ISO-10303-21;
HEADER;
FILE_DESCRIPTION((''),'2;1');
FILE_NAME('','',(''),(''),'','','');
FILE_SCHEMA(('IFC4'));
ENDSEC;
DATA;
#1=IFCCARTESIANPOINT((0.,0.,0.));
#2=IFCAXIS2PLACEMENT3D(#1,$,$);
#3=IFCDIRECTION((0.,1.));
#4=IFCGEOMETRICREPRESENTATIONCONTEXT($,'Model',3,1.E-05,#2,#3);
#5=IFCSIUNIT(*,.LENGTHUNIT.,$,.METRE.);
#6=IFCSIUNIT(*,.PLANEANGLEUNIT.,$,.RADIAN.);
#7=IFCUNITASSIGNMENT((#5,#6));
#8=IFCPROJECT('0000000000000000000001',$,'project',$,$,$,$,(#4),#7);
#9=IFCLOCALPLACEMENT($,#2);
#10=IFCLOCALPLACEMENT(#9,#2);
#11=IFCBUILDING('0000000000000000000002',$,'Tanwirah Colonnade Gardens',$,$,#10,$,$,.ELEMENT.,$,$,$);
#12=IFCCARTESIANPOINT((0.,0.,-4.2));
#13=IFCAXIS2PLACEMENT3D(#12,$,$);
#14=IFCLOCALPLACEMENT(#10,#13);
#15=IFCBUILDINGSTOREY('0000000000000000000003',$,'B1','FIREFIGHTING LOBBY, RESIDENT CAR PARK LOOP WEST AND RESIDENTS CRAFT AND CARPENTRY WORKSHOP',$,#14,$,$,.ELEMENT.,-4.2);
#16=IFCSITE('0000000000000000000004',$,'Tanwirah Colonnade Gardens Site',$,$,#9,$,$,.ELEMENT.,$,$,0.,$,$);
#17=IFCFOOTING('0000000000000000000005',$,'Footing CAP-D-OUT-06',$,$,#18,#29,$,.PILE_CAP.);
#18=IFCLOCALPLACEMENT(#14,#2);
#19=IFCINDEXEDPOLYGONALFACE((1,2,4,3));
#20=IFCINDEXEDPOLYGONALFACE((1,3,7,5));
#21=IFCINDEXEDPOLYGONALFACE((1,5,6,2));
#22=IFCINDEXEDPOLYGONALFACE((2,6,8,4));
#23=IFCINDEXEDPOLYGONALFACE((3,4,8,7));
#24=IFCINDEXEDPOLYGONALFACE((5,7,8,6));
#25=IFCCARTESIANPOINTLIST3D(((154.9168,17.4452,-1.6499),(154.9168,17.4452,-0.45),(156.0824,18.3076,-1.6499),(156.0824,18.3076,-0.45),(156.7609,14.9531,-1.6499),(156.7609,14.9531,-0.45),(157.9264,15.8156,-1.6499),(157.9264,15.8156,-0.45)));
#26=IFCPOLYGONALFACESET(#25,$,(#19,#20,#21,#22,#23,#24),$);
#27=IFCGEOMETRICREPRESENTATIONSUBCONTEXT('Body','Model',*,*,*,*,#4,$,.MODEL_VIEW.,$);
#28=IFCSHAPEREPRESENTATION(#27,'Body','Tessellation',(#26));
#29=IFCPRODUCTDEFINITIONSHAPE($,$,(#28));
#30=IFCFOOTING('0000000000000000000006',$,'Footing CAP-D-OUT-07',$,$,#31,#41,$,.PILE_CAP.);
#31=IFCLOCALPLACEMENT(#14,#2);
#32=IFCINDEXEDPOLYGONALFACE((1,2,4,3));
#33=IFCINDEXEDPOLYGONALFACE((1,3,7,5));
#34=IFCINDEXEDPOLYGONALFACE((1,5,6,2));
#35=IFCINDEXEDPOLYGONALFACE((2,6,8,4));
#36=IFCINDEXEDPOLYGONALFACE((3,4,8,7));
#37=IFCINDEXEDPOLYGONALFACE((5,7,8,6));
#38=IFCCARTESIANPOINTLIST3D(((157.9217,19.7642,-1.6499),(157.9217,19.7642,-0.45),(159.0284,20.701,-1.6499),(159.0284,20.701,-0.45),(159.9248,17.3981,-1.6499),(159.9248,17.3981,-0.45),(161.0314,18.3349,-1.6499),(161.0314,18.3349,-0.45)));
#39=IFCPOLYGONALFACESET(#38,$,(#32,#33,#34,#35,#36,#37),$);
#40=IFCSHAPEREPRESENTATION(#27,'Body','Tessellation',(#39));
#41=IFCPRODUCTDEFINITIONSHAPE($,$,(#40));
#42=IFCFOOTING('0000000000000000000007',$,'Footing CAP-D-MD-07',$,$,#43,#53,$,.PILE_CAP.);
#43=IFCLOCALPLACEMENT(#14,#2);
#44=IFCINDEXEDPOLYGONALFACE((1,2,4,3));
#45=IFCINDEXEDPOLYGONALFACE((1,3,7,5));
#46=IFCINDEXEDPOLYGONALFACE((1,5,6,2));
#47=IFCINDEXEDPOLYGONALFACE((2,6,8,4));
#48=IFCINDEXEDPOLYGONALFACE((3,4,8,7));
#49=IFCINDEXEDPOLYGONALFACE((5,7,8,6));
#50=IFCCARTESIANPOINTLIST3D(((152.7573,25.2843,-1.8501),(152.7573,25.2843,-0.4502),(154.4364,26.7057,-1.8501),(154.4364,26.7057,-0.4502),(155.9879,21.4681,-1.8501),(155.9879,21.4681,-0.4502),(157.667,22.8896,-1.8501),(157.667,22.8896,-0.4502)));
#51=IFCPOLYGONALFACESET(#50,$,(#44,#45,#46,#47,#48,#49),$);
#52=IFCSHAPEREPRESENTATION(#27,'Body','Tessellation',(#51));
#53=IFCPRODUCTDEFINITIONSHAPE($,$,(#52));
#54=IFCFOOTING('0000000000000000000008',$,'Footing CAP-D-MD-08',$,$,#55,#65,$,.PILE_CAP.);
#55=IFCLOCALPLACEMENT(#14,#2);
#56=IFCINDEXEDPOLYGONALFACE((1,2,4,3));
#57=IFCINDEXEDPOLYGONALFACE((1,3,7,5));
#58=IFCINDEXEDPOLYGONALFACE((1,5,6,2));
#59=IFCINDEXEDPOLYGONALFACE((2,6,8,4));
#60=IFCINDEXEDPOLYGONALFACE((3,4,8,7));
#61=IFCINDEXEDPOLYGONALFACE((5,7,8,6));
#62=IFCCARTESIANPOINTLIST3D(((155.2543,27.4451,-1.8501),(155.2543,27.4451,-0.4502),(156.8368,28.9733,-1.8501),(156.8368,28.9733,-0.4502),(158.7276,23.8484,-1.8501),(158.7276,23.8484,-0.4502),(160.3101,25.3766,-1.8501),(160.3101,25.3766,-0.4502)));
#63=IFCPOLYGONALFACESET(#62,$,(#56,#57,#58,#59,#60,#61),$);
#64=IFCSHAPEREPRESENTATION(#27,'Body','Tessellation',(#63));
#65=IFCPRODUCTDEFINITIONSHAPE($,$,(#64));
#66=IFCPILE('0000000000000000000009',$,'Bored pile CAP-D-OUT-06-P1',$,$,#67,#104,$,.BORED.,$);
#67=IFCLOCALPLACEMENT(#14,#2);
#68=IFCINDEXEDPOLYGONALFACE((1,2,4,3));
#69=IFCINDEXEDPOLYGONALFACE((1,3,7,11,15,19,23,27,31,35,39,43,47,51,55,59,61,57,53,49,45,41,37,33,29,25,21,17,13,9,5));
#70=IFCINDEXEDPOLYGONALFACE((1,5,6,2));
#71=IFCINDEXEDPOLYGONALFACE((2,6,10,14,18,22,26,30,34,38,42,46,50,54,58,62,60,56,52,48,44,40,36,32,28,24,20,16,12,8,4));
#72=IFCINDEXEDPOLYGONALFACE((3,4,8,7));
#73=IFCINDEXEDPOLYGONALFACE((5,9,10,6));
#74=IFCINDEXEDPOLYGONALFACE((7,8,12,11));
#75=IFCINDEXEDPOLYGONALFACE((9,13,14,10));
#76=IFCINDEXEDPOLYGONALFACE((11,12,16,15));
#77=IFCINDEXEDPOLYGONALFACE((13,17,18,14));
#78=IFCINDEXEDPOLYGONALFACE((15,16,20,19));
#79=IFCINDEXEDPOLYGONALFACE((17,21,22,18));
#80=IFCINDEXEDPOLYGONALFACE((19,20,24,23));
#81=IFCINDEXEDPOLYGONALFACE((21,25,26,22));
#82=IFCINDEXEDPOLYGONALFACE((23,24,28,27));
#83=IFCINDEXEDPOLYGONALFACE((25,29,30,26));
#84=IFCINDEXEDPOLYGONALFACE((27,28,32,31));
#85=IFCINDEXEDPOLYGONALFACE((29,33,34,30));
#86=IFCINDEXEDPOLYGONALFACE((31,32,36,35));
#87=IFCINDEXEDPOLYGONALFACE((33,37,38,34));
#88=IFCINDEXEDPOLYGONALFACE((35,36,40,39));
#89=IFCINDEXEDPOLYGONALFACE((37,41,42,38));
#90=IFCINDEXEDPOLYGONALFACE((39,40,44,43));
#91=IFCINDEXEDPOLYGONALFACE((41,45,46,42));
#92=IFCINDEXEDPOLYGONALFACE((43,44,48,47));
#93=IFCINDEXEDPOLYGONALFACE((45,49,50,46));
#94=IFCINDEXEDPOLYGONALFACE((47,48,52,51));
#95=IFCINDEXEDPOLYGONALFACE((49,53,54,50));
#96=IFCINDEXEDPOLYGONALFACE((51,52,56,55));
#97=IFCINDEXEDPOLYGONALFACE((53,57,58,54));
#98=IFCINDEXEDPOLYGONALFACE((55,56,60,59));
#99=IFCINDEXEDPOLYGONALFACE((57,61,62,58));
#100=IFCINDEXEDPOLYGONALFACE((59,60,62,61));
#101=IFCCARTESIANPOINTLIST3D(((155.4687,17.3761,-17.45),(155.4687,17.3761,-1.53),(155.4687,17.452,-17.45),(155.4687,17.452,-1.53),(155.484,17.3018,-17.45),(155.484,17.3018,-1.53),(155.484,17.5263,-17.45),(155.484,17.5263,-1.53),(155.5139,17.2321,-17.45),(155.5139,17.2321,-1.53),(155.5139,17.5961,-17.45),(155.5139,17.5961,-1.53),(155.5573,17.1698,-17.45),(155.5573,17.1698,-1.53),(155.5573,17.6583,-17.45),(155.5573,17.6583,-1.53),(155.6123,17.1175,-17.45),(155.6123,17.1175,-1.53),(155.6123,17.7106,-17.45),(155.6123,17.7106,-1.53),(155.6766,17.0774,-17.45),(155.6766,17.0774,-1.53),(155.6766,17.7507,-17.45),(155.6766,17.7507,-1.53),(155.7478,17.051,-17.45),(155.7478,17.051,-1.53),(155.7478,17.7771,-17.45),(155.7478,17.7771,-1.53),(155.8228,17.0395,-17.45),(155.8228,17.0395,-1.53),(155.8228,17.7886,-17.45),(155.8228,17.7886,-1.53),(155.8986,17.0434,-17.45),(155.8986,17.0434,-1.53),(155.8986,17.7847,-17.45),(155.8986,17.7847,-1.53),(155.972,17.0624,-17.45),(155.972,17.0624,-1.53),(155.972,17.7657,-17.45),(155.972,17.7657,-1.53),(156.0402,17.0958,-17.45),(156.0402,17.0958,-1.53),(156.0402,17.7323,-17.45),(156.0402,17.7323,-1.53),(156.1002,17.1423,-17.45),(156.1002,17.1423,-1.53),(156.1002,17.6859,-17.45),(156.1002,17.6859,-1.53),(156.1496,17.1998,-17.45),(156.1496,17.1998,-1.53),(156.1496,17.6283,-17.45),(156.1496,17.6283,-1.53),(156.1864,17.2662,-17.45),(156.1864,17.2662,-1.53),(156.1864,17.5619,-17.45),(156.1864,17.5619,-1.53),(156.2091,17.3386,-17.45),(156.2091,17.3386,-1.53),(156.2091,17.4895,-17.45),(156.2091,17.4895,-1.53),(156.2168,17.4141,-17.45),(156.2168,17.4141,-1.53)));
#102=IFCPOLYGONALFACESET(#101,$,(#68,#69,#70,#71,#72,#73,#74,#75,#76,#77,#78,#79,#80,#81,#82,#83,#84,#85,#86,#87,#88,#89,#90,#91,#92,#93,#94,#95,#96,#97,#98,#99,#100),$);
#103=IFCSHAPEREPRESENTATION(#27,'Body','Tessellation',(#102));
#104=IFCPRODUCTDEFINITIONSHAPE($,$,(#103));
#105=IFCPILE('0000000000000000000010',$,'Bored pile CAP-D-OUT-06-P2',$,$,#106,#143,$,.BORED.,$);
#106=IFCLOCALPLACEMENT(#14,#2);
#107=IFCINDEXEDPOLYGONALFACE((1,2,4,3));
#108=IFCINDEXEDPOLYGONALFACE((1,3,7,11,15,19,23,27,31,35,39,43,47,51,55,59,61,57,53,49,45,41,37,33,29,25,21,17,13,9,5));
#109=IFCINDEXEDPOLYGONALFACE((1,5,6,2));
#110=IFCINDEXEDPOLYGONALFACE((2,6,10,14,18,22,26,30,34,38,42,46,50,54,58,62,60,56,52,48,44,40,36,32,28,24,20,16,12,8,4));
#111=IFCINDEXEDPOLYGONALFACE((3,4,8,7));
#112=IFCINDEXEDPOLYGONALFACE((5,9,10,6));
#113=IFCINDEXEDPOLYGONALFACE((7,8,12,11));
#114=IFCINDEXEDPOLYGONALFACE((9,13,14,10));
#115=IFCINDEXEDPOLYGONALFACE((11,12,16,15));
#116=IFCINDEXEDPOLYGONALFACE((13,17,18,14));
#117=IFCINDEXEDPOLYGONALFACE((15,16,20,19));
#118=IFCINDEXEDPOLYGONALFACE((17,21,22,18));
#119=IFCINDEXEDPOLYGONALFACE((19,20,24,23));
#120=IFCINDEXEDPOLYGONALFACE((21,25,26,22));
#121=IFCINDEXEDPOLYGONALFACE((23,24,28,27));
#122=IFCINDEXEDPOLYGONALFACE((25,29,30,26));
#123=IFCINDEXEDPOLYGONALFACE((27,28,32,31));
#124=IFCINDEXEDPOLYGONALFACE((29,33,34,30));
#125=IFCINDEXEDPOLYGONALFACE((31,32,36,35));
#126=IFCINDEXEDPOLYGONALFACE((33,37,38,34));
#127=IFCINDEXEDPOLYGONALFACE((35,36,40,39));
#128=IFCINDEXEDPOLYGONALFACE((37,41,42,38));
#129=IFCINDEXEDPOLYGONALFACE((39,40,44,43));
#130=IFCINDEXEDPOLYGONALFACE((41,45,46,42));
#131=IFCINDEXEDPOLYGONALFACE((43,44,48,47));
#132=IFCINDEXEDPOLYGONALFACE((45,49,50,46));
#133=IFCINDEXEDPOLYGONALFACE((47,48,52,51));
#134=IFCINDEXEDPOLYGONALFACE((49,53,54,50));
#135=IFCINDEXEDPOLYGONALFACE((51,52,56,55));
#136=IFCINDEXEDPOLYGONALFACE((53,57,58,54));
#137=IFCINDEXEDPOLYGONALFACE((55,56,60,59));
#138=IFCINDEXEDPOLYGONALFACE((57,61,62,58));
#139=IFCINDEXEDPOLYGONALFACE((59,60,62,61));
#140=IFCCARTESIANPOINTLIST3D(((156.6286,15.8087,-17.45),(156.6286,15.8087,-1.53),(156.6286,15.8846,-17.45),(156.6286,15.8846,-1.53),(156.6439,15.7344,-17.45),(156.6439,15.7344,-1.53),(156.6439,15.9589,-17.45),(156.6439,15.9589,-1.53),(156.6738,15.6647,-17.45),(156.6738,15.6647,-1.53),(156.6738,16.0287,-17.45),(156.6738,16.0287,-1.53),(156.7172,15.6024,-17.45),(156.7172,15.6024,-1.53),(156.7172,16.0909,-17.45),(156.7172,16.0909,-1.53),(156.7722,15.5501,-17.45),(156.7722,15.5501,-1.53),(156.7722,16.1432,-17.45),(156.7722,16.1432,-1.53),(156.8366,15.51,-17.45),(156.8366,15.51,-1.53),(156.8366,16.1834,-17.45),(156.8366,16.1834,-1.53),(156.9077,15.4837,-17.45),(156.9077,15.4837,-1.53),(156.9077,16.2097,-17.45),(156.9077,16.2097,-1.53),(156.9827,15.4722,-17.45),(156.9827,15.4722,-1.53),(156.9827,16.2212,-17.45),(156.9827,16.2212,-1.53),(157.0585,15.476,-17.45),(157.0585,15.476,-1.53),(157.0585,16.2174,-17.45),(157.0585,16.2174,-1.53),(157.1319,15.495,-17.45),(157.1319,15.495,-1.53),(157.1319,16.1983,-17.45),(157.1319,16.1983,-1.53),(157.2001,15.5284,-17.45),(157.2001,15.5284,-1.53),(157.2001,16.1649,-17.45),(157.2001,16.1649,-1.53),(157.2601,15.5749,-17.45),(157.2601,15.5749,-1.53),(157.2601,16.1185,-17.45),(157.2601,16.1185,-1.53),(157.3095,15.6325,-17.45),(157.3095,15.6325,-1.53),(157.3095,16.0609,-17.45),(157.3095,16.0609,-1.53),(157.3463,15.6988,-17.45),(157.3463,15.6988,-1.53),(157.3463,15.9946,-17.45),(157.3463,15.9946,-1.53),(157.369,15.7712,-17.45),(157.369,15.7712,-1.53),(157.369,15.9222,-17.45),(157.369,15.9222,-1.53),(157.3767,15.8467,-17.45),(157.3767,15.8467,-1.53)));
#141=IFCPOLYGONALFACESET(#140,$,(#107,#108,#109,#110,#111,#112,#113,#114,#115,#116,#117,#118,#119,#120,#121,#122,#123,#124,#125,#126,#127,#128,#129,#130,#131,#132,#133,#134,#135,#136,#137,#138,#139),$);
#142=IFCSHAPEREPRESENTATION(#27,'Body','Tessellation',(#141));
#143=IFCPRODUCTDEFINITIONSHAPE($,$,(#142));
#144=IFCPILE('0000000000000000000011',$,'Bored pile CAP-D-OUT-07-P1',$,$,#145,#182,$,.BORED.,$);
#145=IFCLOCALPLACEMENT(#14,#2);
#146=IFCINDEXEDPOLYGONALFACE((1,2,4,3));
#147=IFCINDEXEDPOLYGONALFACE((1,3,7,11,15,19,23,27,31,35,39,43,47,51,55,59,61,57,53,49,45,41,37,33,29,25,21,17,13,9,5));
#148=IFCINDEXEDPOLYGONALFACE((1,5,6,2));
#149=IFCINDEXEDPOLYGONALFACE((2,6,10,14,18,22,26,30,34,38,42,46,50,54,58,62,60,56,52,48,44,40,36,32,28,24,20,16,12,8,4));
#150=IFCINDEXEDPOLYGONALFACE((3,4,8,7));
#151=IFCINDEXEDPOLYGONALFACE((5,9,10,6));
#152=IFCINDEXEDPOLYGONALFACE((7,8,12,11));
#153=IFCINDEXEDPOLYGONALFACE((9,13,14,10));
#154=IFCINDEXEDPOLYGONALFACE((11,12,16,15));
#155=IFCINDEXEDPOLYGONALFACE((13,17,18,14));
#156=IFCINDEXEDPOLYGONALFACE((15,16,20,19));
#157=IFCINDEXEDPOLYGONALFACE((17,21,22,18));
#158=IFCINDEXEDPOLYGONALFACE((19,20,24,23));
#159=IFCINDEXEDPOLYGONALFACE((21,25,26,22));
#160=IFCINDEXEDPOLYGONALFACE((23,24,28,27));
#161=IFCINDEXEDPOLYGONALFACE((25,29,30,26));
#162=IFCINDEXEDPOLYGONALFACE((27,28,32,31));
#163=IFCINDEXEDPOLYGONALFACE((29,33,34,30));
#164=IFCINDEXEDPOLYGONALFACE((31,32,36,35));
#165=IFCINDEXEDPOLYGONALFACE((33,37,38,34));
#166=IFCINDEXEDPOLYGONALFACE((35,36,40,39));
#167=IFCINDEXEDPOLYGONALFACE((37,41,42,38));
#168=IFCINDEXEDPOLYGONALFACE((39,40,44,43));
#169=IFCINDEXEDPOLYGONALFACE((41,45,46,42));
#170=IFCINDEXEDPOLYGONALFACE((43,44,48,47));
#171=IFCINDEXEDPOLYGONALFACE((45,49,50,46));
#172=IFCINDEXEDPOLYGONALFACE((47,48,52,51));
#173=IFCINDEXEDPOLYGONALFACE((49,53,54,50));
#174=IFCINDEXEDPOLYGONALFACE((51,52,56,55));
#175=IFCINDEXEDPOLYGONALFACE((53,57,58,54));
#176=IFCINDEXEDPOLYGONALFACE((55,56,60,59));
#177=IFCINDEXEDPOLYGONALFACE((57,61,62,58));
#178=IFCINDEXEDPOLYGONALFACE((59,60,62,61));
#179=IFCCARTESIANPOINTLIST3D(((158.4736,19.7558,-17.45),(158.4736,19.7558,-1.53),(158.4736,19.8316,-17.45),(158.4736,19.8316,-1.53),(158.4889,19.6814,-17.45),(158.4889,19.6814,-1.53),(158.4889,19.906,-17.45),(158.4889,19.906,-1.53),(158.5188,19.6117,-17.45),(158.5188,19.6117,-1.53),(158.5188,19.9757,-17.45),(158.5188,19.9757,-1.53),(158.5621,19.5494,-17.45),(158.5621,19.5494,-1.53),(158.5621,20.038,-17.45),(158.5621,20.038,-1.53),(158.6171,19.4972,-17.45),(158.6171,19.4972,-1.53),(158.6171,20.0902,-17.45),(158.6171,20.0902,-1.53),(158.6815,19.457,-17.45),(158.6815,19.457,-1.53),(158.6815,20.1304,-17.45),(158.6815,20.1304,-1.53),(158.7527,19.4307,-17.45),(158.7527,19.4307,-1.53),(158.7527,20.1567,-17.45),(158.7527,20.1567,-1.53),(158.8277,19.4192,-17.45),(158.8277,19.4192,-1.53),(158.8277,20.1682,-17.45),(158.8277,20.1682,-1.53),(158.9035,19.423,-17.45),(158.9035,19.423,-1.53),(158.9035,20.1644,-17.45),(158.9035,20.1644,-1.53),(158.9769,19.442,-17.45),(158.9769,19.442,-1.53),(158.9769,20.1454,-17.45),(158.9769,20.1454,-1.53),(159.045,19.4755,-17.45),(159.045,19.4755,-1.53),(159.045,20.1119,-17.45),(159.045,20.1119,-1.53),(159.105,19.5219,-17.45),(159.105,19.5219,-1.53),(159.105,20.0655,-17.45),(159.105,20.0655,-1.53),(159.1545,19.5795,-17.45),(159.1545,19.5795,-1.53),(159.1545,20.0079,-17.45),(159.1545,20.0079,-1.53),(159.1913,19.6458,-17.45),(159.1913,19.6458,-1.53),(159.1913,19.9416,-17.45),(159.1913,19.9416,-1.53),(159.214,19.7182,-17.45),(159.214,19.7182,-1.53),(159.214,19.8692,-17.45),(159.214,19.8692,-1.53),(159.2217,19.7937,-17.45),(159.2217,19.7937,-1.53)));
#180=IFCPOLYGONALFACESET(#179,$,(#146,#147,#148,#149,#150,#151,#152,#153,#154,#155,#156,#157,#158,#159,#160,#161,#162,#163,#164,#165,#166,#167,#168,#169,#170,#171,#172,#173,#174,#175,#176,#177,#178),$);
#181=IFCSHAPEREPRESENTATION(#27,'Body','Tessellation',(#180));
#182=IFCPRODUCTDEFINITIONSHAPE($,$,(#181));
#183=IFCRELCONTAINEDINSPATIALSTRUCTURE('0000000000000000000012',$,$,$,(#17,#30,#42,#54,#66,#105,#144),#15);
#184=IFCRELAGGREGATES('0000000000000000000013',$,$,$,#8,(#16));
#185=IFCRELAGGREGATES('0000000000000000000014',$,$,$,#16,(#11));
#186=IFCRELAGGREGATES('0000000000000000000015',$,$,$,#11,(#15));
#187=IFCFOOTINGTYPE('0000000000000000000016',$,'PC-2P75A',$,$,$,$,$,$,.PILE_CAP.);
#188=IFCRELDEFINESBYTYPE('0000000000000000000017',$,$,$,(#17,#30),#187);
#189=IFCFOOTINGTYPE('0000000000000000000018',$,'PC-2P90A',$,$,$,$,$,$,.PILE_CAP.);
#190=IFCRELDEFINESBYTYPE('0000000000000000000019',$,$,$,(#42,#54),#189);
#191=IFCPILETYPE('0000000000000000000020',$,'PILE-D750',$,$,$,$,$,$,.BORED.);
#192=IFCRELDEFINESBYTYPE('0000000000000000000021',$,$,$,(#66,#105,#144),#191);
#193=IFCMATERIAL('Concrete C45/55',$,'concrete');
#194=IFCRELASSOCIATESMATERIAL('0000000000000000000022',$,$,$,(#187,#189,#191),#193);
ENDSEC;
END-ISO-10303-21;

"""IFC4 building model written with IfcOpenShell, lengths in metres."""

from ifc_helpers import new_model, si_unit, direction, frame, origin, origin_2d, place, context, subcontext, project, spatial, rectangle, circle, extrude, material, material_profile, profile_set, type_object, element, save


model = new_model("IFC4")

# Units and contexts
model_context = context("Model", 3, precision=1e-05, world=origin(), true_north=direction((0.0, 1.0)))
body_context = subcontext(model_context, "Body", "Model", "MODEL_VIEW")
ifc_project = project(units=[si_unit("LENGTHUNIT", "METRE"), si_unit("PLANEANGLEUNIT", "RADIAN")], contexts=[model_context])

# Site, building, storey
site_placement = place(None, origin())
site = spatial("IfcSite", under=ifc_project, at=site_placement, Name="Tanwirah Colonnade Gardens Site", CompositionType="ELEMENT", RefElevation=0.0)
building_placement = place(site_placement, origin())
building = spatial("IfcBuilding", under=site, at=building_placement, Name="Tanwirah Colonnade Gardens", CompositionType="ELEMENT")
storey_placement = place(building_placement, frame((0.0, 0.0, -4.2)))
storey = spatial("IfcBuildingStorey", under=building, at=storey_placement, Name="B1", Description="FIREFIGHTING LOBBY, RESIDENT CAR PARK LOOP WEST AND RESIDENTS CRAFT AND CARPENTRY WORKSHOP", CompositionType="ELEMENT", Elevation=-4.2)

# Footings
ifc_material_1 = material(Name="Concrete C45/55", Category="concrete")
footing_type_1 = type_object("IfcFootingType", Name="PC-2P75A", PredefinedType="PILE_CAP", material=ifc_material_1)
for number, where, z_axis, x_axis, name in (
    (1, (156.4216, 16.6304, -1.6499), (0.0, 0.0, 1.0), (0.594823, -0.803857, 0.0), "Footing CAP-D-OUT-06"),
    (2, (159.4766, 19.0496, -1.6499), (0.0, 0.0, 1.0), (0.646124, -0.763232, 0.0), "Footing CAP-D-OUT-07"),
):
    element("IfcFooting", number, at=place(storey_placement, frame(where, z_axis=z_axis, x_axis=x_axis)), inside=storey, type_object=footing_type_1, Name=name, PredefinedType="PILE_CAP", context=body_context, shape_type="SweptSolid", body=[
        extrude(rectangle(XDim=3.1001, YDim=1.45, at=origin_2d()), origin(), (0.0, 0.0, 1.0), 1.2),
    ])
footing_type_2 = type_object("IfcFootingType", Name="PC-2P90A", PredefinedType="PILE_CAP", material=ifc_material_1)
for number, where, z_axis, x_axis, name in (
    (3, (155.2122, 24.0869, -1.8501), (0.0, 0.0, 1.0), (0.646124, -0.763232, 0.0), "Footing CAP-D-MD-07"),
    (4, (157.7822, 26.4109, -1.8501), (0.0, 0.0, 1.0), (0.694658, -0.71934, 0.0), "Footing CAP-D-MD-08"),
):
    element("IfcFooting", number, at=place(storey_placement, frame(where, z_axis=z_axis, x_axis=x_axis)), inside=storey, type_object=footing_type_2, Name=name, PredefinedType="PILE_CAP", context=body_context, shape_type="SweptSolid", body=[
        extrude(rectangle(XDim=5.0, YDim=2.2, at=origin_2d()), origin(), (0.0, 0.0, 1.0), 1.3999),
    ])

# Piles
ifc_material_profile_1 = material_profile(ifc_material_1, circle(Radius=0.375, at=origin_2d()), Name="PILE D750")
ifc_profile_set_1 = profile_set([ifc_material_profile_1], Name="Concrete C45/55")
pile_type_1 = type_object("IfcPileType", Name="PILE-D750", PredefinedType="BORED", material=ifc_profile_set_1)
for number, where, z_axis, x_axis, name in (
    (5, (155.8418, 17.4141, -1.53), (0.0, 0.0, -1.0), (1.0, 0.0, 0.0), "Bored pile CAP-D-OUT-06-P1"),
    (6, (157.0017, 15.8467, -1.53), (0.0, 0.0, -1.0), (1.0, 0.0, 0.0), "Bored pile CAP-D-OUT-06-P2"),
    (7, (158.8467, 19.7937, -1.53), (0.0, 0.0, -1.0), (1.0, 0.0, 0.0), "Bored pile CAP-D-OUT-07-P1"),
):
    element("IfcPile", number, at=place(storey_placement, frame(where, z_axis=z_axis, x_axis=x_axis)), inside=storey, type_object=pile_type_1, Name=name, PredefinedType="BORED", context=body_context, shape_type="SweptSolid", body=[
        extrude(circle(Radius=0.375, at=origin_2d()), origin(), (0.0, 0.0, 1.0), 15.9199),
    ])

save(model, "model.ifc")
